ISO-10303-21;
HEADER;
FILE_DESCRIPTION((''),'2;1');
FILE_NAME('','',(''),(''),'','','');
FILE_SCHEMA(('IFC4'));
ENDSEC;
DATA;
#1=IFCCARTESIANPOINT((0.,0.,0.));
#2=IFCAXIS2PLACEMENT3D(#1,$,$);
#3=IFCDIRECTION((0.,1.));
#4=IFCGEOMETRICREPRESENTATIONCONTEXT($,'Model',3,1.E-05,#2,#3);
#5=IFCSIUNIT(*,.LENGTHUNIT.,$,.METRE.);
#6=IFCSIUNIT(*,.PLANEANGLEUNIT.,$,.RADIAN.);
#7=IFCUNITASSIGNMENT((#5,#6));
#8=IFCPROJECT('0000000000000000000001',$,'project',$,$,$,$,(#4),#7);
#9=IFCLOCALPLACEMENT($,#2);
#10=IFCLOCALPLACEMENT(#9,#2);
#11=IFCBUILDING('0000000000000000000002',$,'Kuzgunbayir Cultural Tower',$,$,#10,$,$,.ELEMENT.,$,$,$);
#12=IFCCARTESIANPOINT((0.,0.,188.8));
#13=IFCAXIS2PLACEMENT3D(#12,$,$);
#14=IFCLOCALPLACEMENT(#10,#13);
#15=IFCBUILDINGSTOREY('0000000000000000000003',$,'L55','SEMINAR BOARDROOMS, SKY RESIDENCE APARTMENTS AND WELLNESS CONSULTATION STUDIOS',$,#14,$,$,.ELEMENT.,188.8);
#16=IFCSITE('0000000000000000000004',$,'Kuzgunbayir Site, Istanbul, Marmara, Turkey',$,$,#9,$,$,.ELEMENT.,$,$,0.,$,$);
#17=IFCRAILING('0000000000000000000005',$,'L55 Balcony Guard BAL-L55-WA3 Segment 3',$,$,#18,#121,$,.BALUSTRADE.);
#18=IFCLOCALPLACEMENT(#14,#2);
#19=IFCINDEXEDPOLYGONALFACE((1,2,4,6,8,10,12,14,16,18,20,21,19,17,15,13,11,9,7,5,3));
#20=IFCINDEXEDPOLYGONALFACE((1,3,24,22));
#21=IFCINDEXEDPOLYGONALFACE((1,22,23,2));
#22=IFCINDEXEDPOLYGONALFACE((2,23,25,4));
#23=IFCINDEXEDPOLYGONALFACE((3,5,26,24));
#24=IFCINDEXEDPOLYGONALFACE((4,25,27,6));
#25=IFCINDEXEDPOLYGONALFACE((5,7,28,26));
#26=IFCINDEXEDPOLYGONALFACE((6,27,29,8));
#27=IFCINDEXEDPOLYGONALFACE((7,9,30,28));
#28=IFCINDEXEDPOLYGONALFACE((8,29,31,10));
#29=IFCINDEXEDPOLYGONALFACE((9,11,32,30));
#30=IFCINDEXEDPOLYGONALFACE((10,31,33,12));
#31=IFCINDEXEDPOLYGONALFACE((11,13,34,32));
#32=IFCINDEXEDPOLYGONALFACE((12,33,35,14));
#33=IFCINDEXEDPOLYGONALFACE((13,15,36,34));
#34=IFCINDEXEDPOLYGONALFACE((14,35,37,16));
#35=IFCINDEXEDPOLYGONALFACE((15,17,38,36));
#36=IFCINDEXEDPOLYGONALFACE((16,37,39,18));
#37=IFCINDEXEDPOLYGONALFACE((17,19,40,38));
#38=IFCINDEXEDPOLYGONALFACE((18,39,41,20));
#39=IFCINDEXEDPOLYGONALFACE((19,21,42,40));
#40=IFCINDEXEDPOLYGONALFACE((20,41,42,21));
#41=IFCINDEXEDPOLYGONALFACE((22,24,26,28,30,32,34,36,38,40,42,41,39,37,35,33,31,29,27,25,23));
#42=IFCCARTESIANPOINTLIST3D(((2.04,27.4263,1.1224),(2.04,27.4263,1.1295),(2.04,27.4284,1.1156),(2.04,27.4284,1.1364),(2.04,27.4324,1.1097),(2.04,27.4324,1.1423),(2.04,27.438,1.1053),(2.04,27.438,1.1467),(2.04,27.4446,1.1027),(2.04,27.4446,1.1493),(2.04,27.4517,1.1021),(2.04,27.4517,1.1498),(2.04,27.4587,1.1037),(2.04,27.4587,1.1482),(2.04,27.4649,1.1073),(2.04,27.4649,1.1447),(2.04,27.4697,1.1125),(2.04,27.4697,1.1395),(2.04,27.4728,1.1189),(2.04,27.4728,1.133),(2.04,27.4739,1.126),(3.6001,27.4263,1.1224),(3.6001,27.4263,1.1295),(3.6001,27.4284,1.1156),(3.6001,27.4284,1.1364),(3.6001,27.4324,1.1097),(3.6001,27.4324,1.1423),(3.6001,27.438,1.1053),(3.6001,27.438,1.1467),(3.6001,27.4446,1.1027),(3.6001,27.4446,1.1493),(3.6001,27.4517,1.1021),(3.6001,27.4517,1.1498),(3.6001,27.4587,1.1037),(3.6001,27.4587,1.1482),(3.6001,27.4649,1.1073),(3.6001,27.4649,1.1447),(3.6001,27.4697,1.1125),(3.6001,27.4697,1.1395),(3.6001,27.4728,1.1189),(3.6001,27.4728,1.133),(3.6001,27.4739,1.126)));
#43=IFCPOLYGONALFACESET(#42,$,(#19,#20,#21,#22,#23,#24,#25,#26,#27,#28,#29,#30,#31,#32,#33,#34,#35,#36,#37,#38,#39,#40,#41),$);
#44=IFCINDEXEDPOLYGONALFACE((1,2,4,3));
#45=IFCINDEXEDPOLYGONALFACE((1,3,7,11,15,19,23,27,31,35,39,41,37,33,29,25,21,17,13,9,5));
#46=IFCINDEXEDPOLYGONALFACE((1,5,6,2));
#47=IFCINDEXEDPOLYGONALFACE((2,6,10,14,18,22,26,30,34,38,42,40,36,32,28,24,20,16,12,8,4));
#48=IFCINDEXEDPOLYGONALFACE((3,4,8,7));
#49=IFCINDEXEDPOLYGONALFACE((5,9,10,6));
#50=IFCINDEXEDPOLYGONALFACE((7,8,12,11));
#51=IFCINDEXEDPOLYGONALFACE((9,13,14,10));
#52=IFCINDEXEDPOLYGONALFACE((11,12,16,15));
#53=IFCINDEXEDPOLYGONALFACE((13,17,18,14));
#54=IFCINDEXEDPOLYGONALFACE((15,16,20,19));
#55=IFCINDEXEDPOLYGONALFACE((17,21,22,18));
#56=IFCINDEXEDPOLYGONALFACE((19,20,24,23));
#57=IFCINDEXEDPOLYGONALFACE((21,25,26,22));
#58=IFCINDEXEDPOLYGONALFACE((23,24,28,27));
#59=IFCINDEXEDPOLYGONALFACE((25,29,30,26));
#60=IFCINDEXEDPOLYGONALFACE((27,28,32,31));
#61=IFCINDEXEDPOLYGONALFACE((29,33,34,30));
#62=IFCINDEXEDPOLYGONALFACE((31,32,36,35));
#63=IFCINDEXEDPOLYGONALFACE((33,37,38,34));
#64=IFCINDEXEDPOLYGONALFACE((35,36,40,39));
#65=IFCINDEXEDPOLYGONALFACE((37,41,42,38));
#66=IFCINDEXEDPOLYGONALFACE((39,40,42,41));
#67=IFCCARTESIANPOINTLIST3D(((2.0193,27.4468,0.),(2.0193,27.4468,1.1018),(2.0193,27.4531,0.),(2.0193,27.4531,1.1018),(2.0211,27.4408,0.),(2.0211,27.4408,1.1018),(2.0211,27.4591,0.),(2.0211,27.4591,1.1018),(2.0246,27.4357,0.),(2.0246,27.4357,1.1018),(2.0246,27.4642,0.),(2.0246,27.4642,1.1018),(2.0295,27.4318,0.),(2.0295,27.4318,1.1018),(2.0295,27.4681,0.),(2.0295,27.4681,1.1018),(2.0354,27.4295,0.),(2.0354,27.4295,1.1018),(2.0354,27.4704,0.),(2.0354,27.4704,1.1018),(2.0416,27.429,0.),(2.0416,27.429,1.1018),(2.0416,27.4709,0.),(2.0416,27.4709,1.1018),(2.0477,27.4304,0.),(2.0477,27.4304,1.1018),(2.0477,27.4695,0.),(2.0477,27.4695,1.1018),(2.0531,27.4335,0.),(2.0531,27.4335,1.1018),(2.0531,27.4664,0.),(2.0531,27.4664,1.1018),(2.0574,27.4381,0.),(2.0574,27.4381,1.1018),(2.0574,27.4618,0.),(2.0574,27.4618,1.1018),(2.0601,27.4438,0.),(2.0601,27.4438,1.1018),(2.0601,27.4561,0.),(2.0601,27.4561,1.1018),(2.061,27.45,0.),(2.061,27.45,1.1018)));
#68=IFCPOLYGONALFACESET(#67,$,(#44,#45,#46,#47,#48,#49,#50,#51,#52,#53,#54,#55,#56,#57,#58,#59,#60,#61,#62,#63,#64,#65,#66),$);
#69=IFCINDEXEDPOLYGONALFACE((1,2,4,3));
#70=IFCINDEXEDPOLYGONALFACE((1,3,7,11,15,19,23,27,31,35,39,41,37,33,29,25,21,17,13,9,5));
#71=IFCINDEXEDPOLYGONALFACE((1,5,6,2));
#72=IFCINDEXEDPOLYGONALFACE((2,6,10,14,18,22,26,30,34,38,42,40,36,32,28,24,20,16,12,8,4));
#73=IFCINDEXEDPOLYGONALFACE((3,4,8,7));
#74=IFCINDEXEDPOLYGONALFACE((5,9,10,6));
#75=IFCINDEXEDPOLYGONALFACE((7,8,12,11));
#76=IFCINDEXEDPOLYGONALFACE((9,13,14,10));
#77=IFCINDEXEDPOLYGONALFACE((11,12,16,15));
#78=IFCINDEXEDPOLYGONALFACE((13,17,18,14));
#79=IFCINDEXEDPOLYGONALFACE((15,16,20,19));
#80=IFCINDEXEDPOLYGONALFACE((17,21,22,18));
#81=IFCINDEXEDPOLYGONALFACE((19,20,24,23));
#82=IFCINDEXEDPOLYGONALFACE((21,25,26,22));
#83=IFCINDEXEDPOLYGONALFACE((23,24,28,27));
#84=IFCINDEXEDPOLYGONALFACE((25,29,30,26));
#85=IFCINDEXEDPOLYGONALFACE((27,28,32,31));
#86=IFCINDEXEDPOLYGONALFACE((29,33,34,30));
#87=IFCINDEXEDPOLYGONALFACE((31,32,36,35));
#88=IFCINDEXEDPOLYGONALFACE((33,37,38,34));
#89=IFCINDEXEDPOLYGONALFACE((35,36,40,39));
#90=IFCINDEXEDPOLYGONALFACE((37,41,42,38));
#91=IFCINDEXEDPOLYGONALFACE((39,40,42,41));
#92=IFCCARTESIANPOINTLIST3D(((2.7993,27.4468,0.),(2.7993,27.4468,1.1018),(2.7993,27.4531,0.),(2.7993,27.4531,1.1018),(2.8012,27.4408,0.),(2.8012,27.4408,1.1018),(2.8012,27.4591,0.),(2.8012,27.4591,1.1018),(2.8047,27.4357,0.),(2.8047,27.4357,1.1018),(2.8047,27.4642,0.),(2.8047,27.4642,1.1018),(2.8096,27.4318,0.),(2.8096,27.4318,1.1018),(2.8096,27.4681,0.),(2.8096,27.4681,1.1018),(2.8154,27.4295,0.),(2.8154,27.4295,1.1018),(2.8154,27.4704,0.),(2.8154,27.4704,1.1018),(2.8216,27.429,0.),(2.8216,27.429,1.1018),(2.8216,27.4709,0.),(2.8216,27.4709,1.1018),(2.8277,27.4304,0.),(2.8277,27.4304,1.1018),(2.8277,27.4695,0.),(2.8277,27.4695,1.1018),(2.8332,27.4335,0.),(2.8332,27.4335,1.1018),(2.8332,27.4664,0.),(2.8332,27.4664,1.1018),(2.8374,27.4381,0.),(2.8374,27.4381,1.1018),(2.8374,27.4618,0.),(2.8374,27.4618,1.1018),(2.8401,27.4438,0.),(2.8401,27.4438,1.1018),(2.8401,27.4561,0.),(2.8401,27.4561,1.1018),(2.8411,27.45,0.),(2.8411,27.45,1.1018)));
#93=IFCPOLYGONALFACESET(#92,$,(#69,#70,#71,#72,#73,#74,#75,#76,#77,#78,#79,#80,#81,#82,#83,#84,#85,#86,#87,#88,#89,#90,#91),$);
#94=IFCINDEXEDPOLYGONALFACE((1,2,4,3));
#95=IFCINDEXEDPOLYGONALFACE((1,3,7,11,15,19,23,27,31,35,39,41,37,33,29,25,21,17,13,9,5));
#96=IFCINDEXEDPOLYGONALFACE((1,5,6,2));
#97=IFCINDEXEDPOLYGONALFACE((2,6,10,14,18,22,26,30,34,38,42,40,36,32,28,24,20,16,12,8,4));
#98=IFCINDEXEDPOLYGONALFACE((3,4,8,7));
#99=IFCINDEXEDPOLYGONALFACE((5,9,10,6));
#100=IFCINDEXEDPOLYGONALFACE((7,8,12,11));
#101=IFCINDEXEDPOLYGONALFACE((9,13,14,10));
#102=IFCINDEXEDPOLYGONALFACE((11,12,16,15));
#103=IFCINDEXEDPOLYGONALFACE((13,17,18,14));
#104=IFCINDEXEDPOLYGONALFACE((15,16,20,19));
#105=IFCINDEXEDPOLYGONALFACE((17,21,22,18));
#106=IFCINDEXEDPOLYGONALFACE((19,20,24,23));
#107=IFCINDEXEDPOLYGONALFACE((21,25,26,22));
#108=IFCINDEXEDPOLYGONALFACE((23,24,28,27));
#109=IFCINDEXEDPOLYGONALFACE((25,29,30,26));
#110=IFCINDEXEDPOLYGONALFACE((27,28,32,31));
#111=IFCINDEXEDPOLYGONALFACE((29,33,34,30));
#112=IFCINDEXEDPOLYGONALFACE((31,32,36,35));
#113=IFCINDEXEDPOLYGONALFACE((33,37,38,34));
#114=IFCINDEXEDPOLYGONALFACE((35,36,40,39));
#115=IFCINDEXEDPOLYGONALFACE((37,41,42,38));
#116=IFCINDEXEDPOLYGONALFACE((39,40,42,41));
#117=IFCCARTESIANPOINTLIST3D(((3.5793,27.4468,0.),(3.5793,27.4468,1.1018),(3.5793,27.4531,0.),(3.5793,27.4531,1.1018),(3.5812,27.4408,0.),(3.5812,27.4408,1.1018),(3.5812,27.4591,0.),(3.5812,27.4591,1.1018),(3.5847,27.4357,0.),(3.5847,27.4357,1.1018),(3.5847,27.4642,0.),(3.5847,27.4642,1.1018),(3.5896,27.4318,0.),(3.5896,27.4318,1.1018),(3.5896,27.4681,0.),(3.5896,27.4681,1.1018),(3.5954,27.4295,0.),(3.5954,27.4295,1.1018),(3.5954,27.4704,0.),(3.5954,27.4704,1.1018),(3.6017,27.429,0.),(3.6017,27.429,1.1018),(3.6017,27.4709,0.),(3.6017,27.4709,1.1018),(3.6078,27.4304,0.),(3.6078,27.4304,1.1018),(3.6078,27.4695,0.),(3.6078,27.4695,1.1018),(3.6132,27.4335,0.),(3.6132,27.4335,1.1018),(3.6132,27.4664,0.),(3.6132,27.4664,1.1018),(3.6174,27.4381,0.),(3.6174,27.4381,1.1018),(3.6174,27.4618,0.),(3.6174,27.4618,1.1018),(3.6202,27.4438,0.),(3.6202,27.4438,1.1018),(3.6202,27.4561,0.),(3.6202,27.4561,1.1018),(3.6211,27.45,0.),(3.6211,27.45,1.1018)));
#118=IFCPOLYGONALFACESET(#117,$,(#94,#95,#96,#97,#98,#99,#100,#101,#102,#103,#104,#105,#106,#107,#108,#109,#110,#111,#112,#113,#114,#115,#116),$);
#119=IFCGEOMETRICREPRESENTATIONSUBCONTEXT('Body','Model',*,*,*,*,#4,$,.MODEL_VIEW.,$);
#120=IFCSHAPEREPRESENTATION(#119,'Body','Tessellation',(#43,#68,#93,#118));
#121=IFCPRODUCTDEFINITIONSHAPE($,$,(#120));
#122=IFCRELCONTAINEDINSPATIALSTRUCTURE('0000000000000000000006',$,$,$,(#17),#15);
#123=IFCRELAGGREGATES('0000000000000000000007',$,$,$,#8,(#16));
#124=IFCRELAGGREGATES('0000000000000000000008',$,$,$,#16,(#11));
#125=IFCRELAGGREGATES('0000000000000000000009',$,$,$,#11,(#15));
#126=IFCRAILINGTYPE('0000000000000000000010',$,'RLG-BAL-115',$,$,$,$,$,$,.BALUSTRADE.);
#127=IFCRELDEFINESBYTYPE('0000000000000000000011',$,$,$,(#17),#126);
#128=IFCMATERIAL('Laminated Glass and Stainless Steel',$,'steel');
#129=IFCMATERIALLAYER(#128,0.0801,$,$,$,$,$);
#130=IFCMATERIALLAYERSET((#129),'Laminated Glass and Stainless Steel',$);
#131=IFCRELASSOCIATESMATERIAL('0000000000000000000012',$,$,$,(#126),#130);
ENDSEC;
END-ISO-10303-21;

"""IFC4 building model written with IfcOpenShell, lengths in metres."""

from ifc_helpers import new_model, si_unit, direction, frame, origin, origin_2d, place, context, subcontext, project, spatial, circle, extrude, material, layer, layer_set, type_object, element, save


model = new_model("IFC4")

# Units and contexts
model_context = context("Model", 3, precision=1e-05, world=origin(), true_north=direction((0.0, 1.0)))
body_context = subcontext(model_context, "Body", "Model", "MODEL_VIEW")
ifc_project = project(units=[si_unit("LENGTHUNIT", "METRE"), si_unit("PLANEANGLEUNIT", "RADIAN")], contexts=[model_context])

# Site, building, storey
site_placement = place(None, origin())
site = spatial("IfcSite", under=ifc_project, at=site_placement, Name="Kuzgunbayir Site, Istanbul, Marmara, Turkey", CompositionType="ELEMENT", RefElevation=0.0)
building_placement = place(site_placement, origin())
building = spatial("IfcBuilding", under=site, at=building_placement, Name="Kuzgunbayir Cultural Tower", CompositionType="ELEMENT")
storey_placement = place(building_placement, frame((0.0, 0.0, 188.8)))
storey = spatial("IfcBuildingStorey", under=building, at=storey_placement, Name="L55", Description="SEMINAR BOARDROOMS, SKY RESIDENCE APARTMENTS AND WELLNESS CONSULTATION STUDIOS", CompositionType="ELEMENT", Elevation=188.8)

# Railing
ifc_material_1 = material(Name="Laminated Glass and Stainless Steel", Category="steel")
ifc_layer_1 = layer(ifc_material_1, 0.0801)
ifc_layer_set_1 = layer_set([ifc_layer_1], Name="Laminated Glass and Stainless Steel")
railing_type = type_object("IfcRailingType", Name="RLG-BAL-115", PredefinedType="BALUSTRADE", material=ifc_layer_set_1)
railing_1_placement = place(storey_placement, frame((2.04, 27.45, 0.0)))
element("IfcRailing", 1, at=railing_1_placement, inside=storey, type_object=railing_type, Name="L55 Balcony Guard BAL-L55-WA3 Segment 3", PredefinedType="BALUSTRADE", context=body_context, shape_type="SweptSolid", body=[
    extrude(circle(Radius=0.0239, at=origin_2d()), frame((0.0, 0.0, 1.126), z_axis=(1.0, 0.0, 0.0), x_axis=(0.0, 1.0, 0.0)), (0.0, 0.0, 1.0), 1.5601),
    extrude(circle(Radius=0.021, at=origin_2d()), origin(), (0.0, 0.0, 1.0), 1.1018),
    extrude(circle(Radius=0.021, at=origin_2d()), frame((0.78, 0.0, 0.0)), (0.0, 0.0, 1.0), 1.1018),
    extrude(circle(Radius=0.021, at=origin_2d()), frame((1.5601, 0.0, 0.0)), (0.0, 0.0, 1.0), 1.1018),
])

save(model, "model.ifc")
